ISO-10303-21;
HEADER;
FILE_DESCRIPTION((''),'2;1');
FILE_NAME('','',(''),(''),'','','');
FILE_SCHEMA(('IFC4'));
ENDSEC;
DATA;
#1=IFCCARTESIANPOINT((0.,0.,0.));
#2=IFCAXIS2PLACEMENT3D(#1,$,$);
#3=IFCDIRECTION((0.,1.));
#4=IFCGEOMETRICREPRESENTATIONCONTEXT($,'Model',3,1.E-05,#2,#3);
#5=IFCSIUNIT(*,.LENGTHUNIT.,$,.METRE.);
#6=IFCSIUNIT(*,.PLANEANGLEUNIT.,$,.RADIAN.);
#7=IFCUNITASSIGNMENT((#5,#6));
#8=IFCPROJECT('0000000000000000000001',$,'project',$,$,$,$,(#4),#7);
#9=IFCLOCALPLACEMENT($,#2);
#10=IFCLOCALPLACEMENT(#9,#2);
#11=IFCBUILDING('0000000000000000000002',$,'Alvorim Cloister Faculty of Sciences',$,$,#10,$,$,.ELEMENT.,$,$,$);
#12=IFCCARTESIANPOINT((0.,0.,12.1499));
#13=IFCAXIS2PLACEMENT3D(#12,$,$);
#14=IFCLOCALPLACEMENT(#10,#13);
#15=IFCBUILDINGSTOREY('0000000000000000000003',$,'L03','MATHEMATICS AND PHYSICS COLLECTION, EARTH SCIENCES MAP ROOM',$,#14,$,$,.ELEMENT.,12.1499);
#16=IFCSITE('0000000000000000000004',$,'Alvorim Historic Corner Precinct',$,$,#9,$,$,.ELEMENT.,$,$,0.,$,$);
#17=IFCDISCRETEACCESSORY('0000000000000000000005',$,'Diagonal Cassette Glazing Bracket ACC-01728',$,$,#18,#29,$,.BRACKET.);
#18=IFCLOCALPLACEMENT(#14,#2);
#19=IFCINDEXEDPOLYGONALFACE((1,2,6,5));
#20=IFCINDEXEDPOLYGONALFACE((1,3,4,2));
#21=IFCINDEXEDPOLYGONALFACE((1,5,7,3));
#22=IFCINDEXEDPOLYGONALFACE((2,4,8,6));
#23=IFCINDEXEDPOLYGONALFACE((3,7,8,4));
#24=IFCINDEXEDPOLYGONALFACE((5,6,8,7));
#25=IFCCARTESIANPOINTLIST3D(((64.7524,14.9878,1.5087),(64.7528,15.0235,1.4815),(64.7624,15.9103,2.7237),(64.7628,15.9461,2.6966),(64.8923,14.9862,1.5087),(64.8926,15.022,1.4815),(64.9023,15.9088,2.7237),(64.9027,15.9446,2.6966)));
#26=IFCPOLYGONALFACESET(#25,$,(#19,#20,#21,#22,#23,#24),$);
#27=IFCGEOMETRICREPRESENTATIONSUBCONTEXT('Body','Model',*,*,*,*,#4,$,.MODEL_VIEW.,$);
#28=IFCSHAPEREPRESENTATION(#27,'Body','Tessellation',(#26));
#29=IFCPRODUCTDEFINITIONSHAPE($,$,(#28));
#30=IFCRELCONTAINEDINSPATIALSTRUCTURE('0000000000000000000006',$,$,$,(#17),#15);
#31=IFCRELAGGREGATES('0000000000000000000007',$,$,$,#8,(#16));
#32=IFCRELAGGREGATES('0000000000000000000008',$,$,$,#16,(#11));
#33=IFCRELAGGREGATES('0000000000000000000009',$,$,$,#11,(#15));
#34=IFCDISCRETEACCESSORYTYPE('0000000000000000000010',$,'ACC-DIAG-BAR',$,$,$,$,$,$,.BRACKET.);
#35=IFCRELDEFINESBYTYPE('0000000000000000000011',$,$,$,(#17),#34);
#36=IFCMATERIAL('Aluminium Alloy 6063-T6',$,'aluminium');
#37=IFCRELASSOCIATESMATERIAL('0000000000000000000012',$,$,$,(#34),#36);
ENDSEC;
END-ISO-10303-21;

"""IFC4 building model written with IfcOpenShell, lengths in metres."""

from ifc_helpers import new_model, si_unit, direction, frame, origin, origin_2d, place, context, subcontext, project, spatial, rectangle, extrude, material, type_object, element, save


model = new_model("IFC4")

# Units and contexts
model_context = context("Model", 3, precision=1e-05, world=origin(), true_north=direction((0.0, 1.0)))
body_context = subcontext(model_context, "Body", "Model", "MODEL_VIEW")
ifc_project = project(units=[si_unit("LENGTHUNIT", "METRE"), si_unit("PLANEANGLEUNIT", "RADIAN")], contexts=[model_context])

# Site, building, storey
site_placement = place(None, origin())
site = spatial("IfcSite", under=ifc_project, at=site_placement, Name="Alvorim Historic Corner Precinct", CompositionType="ELEMENT", RefElevation=0.0)
building_placement = place(site_placement, origin())
building = spatial("IfcBuilding", under=site, at=building_placement, Name="Alvorim Cloister Faculty of Sciences", CompositionType="ELEMENT")
storey_placement = place(building_placement, frame((0.0, 0.0, 12.1499)))
storey = spatial("IfcBuildingStorey", under=building, at=storey_placement, Name="L03", Description="MATHEMATICS AND PHYSICS COLLECTION, EARTH SCIENCES MAP ROOM", CompositionType="ELEMENT", Elevation=12.1499)

# Shared definitions
ifc_material_1 = material(Name="Aluminium Alloy 6063-T6", Category="aluminium")

# Discrete accessory
discrete_accessory_type = type_object("IfcDiscreteAccessoryType", Name="ACC-DIAG-BAR", PredefinedType="BRACKET", material=ifc_material_1)
discrete_accessory_1_placement = place(storey_placement, frame((64.8225, 15.0049, 1.4951), z_axis=(0.006561, 0.604713, 0.796416), x_axis=(-0.999941, 0.010849, 0.0)))
element("IfcDiscreteAccessory", 1, at=discrete_accessory_1_placement, inside=storey, type_object=discrete_accessory_type, Name="Diagonal Cassette Glazing Bracket ACC-01728", PredefinedType="BRACKET", context=body_context, shape_type="SweptSolid", body=[
    extrude(rectangle(XDim=0.1399, YDim=0.0449, at=origin_2d()), origin(), (0.0, 0.0, 1.0), 1.5256),
])

save(model, "model.ifc")
